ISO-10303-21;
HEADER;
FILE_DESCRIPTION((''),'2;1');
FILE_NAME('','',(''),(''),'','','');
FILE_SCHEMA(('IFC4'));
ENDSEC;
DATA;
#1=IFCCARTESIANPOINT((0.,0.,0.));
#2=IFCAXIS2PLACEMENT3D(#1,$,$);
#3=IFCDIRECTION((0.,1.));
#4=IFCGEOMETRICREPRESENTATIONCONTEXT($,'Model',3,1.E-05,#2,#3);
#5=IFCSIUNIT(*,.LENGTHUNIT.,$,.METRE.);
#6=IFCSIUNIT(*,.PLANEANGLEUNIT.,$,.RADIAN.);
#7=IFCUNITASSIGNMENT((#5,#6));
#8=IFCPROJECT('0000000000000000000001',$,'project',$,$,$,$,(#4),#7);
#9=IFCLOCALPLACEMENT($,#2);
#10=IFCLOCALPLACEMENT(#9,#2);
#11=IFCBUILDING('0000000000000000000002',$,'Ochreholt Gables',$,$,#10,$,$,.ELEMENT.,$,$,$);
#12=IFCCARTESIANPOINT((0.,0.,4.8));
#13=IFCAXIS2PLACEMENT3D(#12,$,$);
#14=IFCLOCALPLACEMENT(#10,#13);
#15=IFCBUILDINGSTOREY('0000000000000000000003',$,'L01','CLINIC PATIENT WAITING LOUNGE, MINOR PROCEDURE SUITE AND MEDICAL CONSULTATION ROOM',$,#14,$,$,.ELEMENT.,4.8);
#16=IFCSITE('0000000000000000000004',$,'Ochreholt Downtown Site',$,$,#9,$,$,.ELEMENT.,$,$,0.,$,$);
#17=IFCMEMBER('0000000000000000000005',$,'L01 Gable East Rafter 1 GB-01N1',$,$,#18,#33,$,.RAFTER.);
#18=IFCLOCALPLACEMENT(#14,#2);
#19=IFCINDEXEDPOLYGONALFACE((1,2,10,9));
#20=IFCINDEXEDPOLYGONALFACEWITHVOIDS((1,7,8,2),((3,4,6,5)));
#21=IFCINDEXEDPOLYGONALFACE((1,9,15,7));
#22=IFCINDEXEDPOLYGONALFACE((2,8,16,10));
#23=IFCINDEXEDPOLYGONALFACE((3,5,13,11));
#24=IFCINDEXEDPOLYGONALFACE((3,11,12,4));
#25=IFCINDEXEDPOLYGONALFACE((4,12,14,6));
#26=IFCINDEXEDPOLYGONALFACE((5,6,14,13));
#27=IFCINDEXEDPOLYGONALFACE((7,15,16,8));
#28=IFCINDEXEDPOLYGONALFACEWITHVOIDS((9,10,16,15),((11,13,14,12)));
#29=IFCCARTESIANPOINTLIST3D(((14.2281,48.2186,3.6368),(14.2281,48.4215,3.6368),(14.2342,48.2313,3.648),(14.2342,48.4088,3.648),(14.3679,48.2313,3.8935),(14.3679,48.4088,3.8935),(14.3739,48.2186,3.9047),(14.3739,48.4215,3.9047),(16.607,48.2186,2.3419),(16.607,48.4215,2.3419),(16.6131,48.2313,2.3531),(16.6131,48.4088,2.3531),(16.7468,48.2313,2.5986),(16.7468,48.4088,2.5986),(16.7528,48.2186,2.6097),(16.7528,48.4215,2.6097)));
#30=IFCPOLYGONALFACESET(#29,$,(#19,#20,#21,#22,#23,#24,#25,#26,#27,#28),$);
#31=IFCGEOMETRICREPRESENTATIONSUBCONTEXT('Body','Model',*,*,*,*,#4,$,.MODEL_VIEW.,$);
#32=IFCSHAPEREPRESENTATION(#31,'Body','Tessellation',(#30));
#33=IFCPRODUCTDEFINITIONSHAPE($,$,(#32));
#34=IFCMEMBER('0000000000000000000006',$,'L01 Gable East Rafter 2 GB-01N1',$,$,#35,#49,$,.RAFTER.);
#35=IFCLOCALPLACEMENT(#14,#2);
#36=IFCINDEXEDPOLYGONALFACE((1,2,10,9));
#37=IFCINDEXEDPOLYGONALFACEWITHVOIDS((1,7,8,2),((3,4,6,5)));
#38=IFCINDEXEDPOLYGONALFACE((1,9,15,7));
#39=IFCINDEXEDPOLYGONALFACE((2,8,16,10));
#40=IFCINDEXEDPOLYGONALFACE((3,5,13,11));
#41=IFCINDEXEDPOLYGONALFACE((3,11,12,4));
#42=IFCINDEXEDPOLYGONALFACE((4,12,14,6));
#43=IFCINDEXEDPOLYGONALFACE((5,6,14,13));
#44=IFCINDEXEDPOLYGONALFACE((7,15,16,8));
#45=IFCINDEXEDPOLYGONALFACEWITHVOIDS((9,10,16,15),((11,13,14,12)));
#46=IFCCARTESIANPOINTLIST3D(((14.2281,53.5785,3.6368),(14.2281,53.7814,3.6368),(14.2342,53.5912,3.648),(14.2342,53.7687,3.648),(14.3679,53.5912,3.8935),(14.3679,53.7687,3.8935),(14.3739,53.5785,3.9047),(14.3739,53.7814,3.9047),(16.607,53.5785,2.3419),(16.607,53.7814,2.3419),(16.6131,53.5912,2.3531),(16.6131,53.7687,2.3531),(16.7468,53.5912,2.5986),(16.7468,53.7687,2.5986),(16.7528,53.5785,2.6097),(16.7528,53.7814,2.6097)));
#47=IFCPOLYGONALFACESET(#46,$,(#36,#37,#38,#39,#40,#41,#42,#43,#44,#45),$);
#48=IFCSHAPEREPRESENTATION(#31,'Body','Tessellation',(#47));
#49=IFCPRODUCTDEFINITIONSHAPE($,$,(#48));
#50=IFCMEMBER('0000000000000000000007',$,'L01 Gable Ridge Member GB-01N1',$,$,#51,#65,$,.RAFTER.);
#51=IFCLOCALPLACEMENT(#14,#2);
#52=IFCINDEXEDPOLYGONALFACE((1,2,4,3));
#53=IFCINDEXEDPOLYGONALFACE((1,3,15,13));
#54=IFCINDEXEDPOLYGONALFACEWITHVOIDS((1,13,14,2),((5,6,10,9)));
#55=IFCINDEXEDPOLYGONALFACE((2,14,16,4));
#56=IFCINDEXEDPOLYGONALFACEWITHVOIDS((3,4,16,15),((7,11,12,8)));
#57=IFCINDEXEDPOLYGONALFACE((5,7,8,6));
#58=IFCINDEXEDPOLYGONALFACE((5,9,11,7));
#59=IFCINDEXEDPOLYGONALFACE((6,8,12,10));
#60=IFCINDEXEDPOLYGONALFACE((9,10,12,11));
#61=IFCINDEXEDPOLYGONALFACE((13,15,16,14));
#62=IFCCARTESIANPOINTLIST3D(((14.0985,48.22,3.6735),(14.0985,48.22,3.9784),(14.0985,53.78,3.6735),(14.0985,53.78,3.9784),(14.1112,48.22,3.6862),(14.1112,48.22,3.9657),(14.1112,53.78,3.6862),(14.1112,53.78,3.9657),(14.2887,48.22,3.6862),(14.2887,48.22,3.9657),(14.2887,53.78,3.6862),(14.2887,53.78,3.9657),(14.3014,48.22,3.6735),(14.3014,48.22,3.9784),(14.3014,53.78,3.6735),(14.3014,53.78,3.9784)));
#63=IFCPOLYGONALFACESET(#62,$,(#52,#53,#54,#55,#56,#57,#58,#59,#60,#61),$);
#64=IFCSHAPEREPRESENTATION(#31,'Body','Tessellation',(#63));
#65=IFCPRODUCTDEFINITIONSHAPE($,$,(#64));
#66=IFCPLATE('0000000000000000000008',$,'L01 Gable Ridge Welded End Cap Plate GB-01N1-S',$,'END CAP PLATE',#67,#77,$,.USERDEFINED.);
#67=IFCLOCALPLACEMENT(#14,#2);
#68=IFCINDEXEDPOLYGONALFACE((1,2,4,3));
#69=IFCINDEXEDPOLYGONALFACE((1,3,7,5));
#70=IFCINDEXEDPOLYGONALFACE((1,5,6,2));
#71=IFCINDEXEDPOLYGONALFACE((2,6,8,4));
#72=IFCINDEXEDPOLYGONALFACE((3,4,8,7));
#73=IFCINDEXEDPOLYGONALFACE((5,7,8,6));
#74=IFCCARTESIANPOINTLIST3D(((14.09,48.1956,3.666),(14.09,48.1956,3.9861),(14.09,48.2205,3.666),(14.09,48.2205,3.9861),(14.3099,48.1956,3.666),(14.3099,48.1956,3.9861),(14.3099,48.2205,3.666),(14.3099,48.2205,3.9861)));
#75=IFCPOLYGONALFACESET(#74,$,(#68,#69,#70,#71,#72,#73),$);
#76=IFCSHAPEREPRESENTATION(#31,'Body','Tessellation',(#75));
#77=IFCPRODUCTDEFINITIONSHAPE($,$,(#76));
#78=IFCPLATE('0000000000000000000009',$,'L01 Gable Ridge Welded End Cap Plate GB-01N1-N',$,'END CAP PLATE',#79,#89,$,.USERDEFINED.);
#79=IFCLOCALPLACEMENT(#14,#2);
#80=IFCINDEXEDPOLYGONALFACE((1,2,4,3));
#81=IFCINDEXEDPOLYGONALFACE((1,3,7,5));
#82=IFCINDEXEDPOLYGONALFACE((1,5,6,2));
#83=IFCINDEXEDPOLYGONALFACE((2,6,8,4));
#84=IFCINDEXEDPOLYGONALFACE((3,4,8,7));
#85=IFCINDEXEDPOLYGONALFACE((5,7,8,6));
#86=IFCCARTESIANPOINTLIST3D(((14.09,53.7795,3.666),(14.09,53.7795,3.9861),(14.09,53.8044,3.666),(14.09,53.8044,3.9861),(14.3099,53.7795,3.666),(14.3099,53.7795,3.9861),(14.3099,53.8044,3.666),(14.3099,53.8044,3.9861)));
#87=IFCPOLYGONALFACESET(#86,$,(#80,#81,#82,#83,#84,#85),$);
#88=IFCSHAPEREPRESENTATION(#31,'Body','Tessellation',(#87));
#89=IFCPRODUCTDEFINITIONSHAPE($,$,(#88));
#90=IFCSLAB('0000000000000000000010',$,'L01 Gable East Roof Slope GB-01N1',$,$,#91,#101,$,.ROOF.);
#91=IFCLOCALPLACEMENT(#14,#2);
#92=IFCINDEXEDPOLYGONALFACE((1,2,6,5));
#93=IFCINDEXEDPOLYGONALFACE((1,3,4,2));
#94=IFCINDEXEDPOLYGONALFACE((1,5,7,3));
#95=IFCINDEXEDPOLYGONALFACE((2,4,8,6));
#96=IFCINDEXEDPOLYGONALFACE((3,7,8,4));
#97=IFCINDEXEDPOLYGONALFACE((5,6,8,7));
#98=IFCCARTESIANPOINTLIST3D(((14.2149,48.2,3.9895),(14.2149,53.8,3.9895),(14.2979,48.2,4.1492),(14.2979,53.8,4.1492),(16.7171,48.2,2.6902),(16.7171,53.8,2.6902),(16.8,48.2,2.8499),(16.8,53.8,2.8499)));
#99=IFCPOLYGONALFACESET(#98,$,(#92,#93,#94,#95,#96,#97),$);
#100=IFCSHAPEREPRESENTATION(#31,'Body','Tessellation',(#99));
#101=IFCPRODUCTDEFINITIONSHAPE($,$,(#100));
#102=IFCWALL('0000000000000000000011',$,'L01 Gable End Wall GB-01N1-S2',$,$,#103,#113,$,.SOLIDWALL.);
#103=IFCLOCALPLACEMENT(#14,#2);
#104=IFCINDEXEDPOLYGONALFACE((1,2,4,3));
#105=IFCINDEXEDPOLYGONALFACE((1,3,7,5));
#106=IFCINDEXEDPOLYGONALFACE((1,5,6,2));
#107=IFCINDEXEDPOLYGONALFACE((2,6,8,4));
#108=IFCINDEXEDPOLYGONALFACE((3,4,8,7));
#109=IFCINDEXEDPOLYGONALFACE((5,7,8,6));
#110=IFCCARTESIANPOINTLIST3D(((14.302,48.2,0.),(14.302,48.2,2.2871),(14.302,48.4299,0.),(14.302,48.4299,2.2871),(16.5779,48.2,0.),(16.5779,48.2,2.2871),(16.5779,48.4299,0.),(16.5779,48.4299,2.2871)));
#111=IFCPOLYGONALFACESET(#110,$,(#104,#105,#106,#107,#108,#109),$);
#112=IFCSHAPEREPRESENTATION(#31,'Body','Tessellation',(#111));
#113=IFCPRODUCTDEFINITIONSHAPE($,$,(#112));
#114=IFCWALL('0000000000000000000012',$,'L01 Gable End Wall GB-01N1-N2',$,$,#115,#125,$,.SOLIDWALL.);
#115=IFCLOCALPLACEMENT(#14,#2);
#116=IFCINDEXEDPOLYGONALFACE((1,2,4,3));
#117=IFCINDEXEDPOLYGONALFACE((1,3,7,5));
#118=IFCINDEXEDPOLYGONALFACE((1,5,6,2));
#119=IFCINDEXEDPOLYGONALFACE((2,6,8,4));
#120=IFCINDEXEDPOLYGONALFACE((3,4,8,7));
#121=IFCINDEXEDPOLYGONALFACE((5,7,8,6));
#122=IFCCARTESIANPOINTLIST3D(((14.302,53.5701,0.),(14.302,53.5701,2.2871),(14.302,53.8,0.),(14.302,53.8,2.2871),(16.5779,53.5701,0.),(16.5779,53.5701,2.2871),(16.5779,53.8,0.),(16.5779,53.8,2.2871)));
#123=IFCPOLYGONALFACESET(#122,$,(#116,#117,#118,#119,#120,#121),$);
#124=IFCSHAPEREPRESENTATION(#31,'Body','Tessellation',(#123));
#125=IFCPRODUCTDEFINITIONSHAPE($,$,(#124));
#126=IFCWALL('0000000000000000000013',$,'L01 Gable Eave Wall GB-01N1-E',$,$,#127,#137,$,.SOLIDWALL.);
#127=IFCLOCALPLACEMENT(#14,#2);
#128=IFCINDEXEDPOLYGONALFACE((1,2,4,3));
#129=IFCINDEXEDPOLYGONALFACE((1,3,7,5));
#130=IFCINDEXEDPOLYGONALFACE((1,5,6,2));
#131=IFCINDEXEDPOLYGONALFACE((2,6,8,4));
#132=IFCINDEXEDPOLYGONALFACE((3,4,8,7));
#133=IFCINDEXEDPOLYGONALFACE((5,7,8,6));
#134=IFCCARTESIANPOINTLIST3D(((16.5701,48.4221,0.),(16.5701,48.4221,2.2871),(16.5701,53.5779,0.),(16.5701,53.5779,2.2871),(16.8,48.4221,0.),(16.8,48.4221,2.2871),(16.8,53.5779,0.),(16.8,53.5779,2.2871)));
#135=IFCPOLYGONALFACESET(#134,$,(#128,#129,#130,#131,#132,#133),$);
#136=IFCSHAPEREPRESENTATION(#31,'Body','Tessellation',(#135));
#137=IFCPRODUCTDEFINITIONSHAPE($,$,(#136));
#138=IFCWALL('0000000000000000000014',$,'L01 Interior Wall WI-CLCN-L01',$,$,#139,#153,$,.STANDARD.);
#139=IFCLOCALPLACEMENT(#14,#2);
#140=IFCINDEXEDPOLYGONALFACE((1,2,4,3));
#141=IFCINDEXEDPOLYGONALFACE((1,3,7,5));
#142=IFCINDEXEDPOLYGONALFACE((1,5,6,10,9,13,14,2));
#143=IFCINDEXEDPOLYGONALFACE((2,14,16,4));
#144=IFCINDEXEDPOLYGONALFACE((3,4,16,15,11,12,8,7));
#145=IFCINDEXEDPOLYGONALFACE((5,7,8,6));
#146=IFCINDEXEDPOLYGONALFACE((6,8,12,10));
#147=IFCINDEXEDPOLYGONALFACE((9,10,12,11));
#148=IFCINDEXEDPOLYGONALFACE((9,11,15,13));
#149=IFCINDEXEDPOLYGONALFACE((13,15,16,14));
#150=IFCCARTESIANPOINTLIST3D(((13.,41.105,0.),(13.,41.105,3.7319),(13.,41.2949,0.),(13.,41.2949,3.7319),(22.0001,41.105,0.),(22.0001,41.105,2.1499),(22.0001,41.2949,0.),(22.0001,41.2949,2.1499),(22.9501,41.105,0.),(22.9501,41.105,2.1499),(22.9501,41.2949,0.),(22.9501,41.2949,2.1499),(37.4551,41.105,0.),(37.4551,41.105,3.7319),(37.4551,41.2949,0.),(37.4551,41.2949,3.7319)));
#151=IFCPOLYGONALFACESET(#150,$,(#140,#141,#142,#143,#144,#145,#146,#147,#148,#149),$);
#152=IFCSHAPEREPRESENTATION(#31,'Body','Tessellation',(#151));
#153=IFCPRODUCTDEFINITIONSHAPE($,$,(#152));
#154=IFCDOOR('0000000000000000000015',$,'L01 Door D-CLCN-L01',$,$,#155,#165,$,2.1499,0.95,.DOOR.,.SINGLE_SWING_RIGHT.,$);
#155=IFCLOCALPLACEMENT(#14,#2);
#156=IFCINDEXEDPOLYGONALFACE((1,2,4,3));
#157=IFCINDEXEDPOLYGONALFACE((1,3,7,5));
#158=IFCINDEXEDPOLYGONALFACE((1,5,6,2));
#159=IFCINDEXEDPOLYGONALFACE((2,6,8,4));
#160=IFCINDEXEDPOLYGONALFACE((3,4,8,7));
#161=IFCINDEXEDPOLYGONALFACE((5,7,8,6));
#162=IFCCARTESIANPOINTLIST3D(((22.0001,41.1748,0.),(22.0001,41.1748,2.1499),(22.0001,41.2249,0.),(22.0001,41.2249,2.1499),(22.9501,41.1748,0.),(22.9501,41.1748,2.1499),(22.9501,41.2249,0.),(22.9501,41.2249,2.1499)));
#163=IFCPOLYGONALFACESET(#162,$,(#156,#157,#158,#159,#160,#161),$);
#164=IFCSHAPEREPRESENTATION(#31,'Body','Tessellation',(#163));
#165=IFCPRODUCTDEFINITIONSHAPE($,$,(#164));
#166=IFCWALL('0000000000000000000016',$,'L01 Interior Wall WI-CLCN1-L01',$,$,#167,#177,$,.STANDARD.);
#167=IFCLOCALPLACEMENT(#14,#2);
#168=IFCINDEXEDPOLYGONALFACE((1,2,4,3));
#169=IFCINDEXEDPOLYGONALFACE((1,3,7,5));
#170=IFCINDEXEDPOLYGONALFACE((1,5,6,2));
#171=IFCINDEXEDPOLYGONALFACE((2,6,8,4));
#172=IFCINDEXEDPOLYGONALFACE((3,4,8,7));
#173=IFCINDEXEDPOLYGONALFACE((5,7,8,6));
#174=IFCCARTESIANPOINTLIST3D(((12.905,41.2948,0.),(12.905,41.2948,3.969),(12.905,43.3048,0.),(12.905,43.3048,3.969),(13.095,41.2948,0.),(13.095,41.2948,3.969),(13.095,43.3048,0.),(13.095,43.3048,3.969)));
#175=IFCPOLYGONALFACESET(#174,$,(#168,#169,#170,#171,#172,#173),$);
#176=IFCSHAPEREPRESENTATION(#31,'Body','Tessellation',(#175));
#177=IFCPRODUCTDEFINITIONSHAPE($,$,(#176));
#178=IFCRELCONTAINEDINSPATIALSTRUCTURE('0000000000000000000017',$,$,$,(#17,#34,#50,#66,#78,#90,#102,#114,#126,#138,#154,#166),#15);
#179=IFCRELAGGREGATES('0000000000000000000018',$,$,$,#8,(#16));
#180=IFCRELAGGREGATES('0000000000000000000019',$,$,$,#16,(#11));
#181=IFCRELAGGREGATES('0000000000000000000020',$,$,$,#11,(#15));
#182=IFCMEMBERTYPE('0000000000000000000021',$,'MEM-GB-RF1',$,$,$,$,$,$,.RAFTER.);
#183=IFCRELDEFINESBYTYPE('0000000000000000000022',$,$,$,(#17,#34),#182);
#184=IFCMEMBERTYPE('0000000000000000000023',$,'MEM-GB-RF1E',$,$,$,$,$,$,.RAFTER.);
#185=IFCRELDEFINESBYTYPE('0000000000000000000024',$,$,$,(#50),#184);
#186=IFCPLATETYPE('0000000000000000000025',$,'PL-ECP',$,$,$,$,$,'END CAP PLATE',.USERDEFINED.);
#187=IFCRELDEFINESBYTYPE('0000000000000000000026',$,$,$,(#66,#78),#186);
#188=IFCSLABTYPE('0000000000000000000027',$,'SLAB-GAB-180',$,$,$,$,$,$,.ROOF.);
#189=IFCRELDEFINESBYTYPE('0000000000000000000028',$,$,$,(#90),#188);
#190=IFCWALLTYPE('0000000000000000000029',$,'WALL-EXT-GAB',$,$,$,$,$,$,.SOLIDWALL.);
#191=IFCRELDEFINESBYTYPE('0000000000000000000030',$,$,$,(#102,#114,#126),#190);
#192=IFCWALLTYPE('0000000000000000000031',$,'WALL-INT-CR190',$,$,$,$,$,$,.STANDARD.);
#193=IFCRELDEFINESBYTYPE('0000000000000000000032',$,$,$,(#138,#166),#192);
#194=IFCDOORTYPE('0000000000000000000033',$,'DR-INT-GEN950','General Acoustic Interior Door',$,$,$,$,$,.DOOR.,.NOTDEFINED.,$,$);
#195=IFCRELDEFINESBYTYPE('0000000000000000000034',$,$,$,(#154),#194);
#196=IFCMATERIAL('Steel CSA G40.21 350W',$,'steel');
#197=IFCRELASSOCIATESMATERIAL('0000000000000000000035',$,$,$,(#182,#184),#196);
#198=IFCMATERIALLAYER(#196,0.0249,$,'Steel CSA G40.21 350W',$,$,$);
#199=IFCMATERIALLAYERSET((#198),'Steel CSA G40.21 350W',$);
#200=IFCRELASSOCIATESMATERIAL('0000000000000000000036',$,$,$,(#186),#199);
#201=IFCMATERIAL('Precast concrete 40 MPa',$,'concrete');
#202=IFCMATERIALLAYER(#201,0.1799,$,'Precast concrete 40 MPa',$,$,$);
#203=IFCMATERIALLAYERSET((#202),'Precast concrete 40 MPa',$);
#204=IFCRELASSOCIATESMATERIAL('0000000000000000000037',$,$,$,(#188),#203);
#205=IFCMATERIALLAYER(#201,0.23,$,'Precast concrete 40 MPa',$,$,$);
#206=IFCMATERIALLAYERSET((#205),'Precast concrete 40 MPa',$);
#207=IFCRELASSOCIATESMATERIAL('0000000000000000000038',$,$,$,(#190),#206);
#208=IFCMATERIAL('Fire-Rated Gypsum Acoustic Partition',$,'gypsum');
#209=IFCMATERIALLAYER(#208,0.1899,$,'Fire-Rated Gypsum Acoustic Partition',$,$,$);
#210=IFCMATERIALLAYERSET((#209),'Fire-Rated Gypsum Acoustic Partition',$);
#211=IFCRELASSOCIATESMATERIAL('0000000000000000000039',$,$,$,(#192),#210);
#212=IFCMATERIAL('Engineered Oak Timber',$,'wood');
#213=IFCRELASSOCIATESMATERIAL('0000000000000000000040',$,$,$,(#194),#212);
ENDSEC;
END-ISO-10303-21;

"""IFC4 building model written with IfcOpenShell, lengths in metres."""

from ifc_helpers import new_model, si_unit, direction, frame, frame_2d, origin, origin_2d, place, context, subcontext, project, spatial, polyline, rectangle, hollow_rectangle, outline, extrude, material, layer, layer_set, material_profile, profile_set, type_object, element, fill, save


model = new_model("IFC4")

# Units and contexts
model_context = context("Model", 3, precision=1e-05, world=origin(), true_north=direction((0.0, 1.0)))
body_context = subcontext(model_context, "Body", "Model", "MODEL_VIEW")
ifc_project = project(units=[si_unit("LENGTHUNIT", "METRE"), si_unit("PLANEANGLEUNIT", "RADIAN")], contexts=[model_context])

# Site, building, storey
site_placement = place(None, origin())
site = spatial("IfcSite", under=ifc_project, at=site_placement, Name="Ochreholt Downtown Site", CompositionType="ELEMENT", RefElevation=0.0)
building_placement = place(site_placement, origin())
building = spatial("IfcBuilding", under=site, at=building_placement, Name="Ochreholt Gables", CompositionType="ELEMENT")
storey_placement = place(building_placement, frame((0.0, 0.0, 4.8)))
storey = spatial("IfcBuildingStorey", under=building, at=storey_placement, Name="L01", Description="CLINIC PATIENT WAITING LOUNGE, MINOR PROCEDURE SUITE AND MEDICAL CONSULTATION ROOM", CompositionType="ELEMENT", Elevation=4.8)

# Shared definitions
ifc_material_1 = material(Name="Steel CSA G40.21 350W", Category="steel")

# Members
ifc_material_profile_1 = material_profile(ifc_material_1, hollow_rectangle(XDim=0.2029, YDim=0.3049, WallThickness=0.0127, at=origin_2d()), Name="HSS305X203X13")
ifc_profile_set_1 = profile_set([ifc_material_profile_1], Name="Steel CSA G40.21 350W")
member_type_1 = type_object("IfcMemberType", Name="MEM-GB-RF1", PredefinedType="RAFTER", material=ifc_profile_set_1)
for number, where, z_axis, x_axis, name in (
    (1, (16.6799, 48.3201, 2.4758), (-0.878309, 0.0, 0.478094), (0.0, -1.0, 0.0), "L01 Gable East Rafter 1 GB-01N1"),
    (2, (16.6799, 53.6799, 2.4758), (-0.878309, 0.0, 0.478094), (0.0, -1.0, 0.0), "L01 Gable East Rafter 2 GB-01N1"),
):
    element("IfcMember", number, at=place(storey_placement, frame(where, z_axis=z_axis, x_axis=x_axis)), inside=storey, type_object=member_type_1, Name=name, PredefinedType="RAFTER", context=body_context, shape_type="SweptSolid", body=[
        extrude(hollow_rectangle(XDim=0.2029, YDim=0.3049, WallThickness=0.0127, at=origin_2d()), origin(), (0.0, 0.0, 1.0), 2.7085),
    ])
ifc_material_profile_2 = material_profile(ifc_material_1, hollow_rectangle(XDim=0.2029, YDim=0.3049, WallThickness=0.0127, at=origin_2d()), Name="HSS305X203X13")
ifc_profile_set_2 = profile_set([ifc_material_profile_2], Name="Steel CSA G40.21 350W")
member_type_2 = type_object("IfcMemberType", Name="MEM-GB-RF1E", PredefinedType="RAFTER", material=ifc_profile_set_2)
member_1_placement = place(storey_placement, frame((14.2, 48.22, 3.8259), z_axis=(0.0, 1.0, 0.0), x_axis=(-1.0, 0.0, 0.0)))
element("IfcMember", 3, at=member_1_placement, inside=storey, type_object=member_type_2, Name="L01 Gable Ridge Member GB-01N1", PredefinedType="RAFTER", context=body_context, shape_type="SweptSolid", body=[
    extrude(hollow_rectangle(XDim=0.2029, YDim=0.3049, WallThickness=0.0127, at=origin_2d()), origin(), (0.0, 0.0, 1.0), 5.5601),
])

# Plates
ifc_layer_1 = layer(ifc_material_1, 0.0249, Name="Steel CSA G40.21 350W")
ifc_layer_set_1 = layer_set([ifc_layer_1], Name="Steel CSA G40.21 350W")
plate_type = type_object("IfcPlateType", Name="PL-ECP", ElementType="END CAP PLATE", PredefinedType="USERDEFINED", material=ifc_layer_set_1)
for number, where, z_axis, x_axis, name in (
    (4, (14.2, 48.208, 3.666), (0.0, 0.0, 1.0), (1.0, 0.0, 0.0), "L01 Gable Ridge Welded End Cap Plate GB-01N1-S"),
    (5, (14.2, 53.792, 3.666), (0.0, 0.0, 1.0), (1.0, 0.0, 0.0), "L01 Gable Ridge Welded End Cap Plate GB-01N1-N"),
):
    element("IfcPlate", number, at=place(storey_placement, frame(where, z_axis=z_axis, x_axis=x_axis)), inside=storey, type_object=plate_type, Name=name, ObjectType="END CAP PLATE", PredefinedType="USERDEFINED", context=body_context, shape_type="SweptSolid", body=[
        extrude(rectangle(XDim=0.22, YDim=0.0249, at=origin_2d()), origin(), (0.0, 0.0, 1.0), 0.3201),
    ])

# Slab
ifc_material_2 = material(Name="Precast concrete 40 MPa", Category="concrete")
ifc_layer_2 = layer(ifc_material_2, 0.1799, Name="Precast concrete 40 MPa")
ifc_layer_set_2 = layer_set([ifc_layer_2], Name="Precast concrete 40 MPa")
slab_type = type_object("IfcSlabType", Name="SLAB-GAB-180", PredefinedType="ROOF", material=ifc_layer_set_2)
slab_placement = place(storey_placement, frame((14.2979, 48.2, 4.1492), z_axis=(0.460843, 0.0, 0.887482), x_axis=(0.887482, 0.0, -0.460843)))
element("IfcSlab", 6, at=slab_placement, inside=storey, type_object=slab_type, Name="L01 Gable East Roof Slope GB-01N1", PredefinedType="ROOF", context=body_context, shape_type="SweptSolid", body=[
    extrude(outline(polyline([(0.0, 0.0), (2.8194, 0.0), (2.8194, 5.6001), (0.0, 5.6001), (0.0, 0.0)])), origin(), (0.0, 0.0, -1.0), 0.1799),
])

# Walls
ifc_layer_3 = layer(ifc_material_2, 0.23, Name="Precast concrete 40 MPa")
ifc_layer_set_3 = layer_set([ifc_layer_3], Name="Precast concrete 40 MPa")
wall_type_1 = type_object("IfcWallType", Name="WALL-EXT-GAB", PredefinedType="SOLIDWALL", material=ifc_layer_set_3)
for number, where, z_axis, x_axis, name in (
    (7, (14.302, 48.3149, 0.0), (0.0, 0.0, 1.0), (1.0, 0.0, 0.0), "L01 Gable End Wall GB-01N1-S2"),
    (8, (14.302, 53.6851, 0.0), (0.0, 0.0, 1.0), (1.0, 0.0, 0.0), "L01 Gable End Wall GB-01N1-N2"),
):
    element("IfcWall", number, at=place(storey_placement, frame(where, z_axis=z_axis, x_axis=x_axis)), inside=storey, type_object=wall_type_1, Name=name, PredefinedType="SOLIDWALL", context=body_context, shape_type="SweptSolid", body=[
        extrude(rectangle(XDim=2.2759, YDim=0.23, at=frame_2d((1.1379, 0.0))), origin(), (0.0, 0.0, 1.0), 2.2871),
    ])
wall_1_placement = place(storey_placement, frame((16.6851, 48.4221, 0.0), z_axis=(0.0, 0.0, 1.0), x_axis=(0.0, 1.0, 0.0)))
element("IfcWall", 9, at=wall_1_placement, inside=storey, type_object=wall_type_1, Name="L01 Gable Eave Wall GB-01N1-E", PredefinedType="SOLIDWALL", context=body_context, shape_type="SweptSolid", body=[
    extrude(rectangle(XDim=5.1558, YDim=0.23, at=frame_2d((2.5779, 0.0))), origin(), (0.0, 0.0, 1.0), 2.2871),
])

# Wall, opening, door
ifc_material_3 = material(Name="Fire-Rated Gypsum Acoustic Partition", Category="gypsum")
ifc_layer_4 = layer(ifc_material_3, 0.1899, Name="Fire-Rated Gypsum Acoustic Partition")
ifc_layer_set_4 = layer_set([ifc_layer_4], Name="Fire-Rated Gypsum Acoustic Partition")
wall_type_2 = type_object("IfcWallType", Name="WALL-INT-CR190", PredefinedType="STANDARD", material=ifc_layer_set_4)
wall_2_placement = place(storey_placement, frame((13.0, 41.2, 0.0), z_axis=(0.0, 0.0, 1.0), x_axis=(1.0, 0.0, 0.0)))
wall_2 = element("IfcWall", 10, at=wall_2_placement, inside=storey, type_object=wall_type_2, Name="L01 Interior Wall WI-CLCN-L01", PredefinedType="STANDARD", context=body_context, shape_type="SweptSolid", body=[
    extrude(rectangle(XDim=24.4551, YDim=0.1899, at=frame_2d((12.2275, 0.0))), origin(), (0.0, 0.0, 1.0), 3.7319),
])
opening_placement = place(wall_2_placement, frame((9.0, 0.0, 0.0)))
opening = element("IfcOpeningElement", 11, at=opening_placement, cuts=wall_2, PredefinedType="OPENING", context=body_context, shape_type="SweptSolid", body=[
    extrude(rectangle(XDim=0.95, YDim=2.1499, at=frame_2d((0.4751, 1.075))), frame((0.0, 0.105, 0.0), z_axis=(0.0, -1.0, 0.0), x_axis=(1.0, 0.0, 0.0)), (0.0, 0.0, 1.0), 0.21),
])
ifc_material_4 = material(Name="Engineered Oak Timber", Category="wood")
door_type = type_object("IfcDoorType", Name="DR-INT-GEN950", Description="General Acoustic Interior Door", OperationType="NOTDEFINED", PredefinedType="DOOR", material=ifc_material_4)
door_placement = place(opening_placement, origin())
door = element("IfcDoor", 12, at=door_placement, inside=storey, type_object=door_type, Name="L01 Door D-CLCN-L01", OperationType="SINGLE_SWING_RIGHT", OverallHeight=2.1499, OverallWidth=0.95, PredefinedType="DOOR", context=body_context, shape_type="SweptSolid", body=[
    extrude(rectangle(XDim=0.95, YDim=2.1499, at=frame_2d((0.4751, 1.075))), frame((0.0, 0.0249, 0.0), z_axis=(0.0, -1.0, 0.0), x_axis=(1.0, 0.0, 0.0)), (0.0, 0.0, 1.0), 0.05),
])
fill(opening, door)

# Wall
wall_3_placement = place(storey_placement, frame((13.0, 41.2949, 0.0), z_axis=(0.0, 0.0, 1.0), x_axis=(0.0, 1.0, 0.0)))
element("IfcWall", 13, at=wall_3_placement, inside=storey, type_object=wall_type_2, Name="L01 Interior Wall WI-CLCN1-L01", PredefinedType="STANDARD", context=body_context, shape_type="SweptSolid", body=[
    extrude(rectangle(XDim=2.01, YDim=0.1899, at=frame_2d((1.0049, 0.0))), origin(), (0.0, 0.0, 1.0), 3.969),
])

save(model, "model.ifc")
